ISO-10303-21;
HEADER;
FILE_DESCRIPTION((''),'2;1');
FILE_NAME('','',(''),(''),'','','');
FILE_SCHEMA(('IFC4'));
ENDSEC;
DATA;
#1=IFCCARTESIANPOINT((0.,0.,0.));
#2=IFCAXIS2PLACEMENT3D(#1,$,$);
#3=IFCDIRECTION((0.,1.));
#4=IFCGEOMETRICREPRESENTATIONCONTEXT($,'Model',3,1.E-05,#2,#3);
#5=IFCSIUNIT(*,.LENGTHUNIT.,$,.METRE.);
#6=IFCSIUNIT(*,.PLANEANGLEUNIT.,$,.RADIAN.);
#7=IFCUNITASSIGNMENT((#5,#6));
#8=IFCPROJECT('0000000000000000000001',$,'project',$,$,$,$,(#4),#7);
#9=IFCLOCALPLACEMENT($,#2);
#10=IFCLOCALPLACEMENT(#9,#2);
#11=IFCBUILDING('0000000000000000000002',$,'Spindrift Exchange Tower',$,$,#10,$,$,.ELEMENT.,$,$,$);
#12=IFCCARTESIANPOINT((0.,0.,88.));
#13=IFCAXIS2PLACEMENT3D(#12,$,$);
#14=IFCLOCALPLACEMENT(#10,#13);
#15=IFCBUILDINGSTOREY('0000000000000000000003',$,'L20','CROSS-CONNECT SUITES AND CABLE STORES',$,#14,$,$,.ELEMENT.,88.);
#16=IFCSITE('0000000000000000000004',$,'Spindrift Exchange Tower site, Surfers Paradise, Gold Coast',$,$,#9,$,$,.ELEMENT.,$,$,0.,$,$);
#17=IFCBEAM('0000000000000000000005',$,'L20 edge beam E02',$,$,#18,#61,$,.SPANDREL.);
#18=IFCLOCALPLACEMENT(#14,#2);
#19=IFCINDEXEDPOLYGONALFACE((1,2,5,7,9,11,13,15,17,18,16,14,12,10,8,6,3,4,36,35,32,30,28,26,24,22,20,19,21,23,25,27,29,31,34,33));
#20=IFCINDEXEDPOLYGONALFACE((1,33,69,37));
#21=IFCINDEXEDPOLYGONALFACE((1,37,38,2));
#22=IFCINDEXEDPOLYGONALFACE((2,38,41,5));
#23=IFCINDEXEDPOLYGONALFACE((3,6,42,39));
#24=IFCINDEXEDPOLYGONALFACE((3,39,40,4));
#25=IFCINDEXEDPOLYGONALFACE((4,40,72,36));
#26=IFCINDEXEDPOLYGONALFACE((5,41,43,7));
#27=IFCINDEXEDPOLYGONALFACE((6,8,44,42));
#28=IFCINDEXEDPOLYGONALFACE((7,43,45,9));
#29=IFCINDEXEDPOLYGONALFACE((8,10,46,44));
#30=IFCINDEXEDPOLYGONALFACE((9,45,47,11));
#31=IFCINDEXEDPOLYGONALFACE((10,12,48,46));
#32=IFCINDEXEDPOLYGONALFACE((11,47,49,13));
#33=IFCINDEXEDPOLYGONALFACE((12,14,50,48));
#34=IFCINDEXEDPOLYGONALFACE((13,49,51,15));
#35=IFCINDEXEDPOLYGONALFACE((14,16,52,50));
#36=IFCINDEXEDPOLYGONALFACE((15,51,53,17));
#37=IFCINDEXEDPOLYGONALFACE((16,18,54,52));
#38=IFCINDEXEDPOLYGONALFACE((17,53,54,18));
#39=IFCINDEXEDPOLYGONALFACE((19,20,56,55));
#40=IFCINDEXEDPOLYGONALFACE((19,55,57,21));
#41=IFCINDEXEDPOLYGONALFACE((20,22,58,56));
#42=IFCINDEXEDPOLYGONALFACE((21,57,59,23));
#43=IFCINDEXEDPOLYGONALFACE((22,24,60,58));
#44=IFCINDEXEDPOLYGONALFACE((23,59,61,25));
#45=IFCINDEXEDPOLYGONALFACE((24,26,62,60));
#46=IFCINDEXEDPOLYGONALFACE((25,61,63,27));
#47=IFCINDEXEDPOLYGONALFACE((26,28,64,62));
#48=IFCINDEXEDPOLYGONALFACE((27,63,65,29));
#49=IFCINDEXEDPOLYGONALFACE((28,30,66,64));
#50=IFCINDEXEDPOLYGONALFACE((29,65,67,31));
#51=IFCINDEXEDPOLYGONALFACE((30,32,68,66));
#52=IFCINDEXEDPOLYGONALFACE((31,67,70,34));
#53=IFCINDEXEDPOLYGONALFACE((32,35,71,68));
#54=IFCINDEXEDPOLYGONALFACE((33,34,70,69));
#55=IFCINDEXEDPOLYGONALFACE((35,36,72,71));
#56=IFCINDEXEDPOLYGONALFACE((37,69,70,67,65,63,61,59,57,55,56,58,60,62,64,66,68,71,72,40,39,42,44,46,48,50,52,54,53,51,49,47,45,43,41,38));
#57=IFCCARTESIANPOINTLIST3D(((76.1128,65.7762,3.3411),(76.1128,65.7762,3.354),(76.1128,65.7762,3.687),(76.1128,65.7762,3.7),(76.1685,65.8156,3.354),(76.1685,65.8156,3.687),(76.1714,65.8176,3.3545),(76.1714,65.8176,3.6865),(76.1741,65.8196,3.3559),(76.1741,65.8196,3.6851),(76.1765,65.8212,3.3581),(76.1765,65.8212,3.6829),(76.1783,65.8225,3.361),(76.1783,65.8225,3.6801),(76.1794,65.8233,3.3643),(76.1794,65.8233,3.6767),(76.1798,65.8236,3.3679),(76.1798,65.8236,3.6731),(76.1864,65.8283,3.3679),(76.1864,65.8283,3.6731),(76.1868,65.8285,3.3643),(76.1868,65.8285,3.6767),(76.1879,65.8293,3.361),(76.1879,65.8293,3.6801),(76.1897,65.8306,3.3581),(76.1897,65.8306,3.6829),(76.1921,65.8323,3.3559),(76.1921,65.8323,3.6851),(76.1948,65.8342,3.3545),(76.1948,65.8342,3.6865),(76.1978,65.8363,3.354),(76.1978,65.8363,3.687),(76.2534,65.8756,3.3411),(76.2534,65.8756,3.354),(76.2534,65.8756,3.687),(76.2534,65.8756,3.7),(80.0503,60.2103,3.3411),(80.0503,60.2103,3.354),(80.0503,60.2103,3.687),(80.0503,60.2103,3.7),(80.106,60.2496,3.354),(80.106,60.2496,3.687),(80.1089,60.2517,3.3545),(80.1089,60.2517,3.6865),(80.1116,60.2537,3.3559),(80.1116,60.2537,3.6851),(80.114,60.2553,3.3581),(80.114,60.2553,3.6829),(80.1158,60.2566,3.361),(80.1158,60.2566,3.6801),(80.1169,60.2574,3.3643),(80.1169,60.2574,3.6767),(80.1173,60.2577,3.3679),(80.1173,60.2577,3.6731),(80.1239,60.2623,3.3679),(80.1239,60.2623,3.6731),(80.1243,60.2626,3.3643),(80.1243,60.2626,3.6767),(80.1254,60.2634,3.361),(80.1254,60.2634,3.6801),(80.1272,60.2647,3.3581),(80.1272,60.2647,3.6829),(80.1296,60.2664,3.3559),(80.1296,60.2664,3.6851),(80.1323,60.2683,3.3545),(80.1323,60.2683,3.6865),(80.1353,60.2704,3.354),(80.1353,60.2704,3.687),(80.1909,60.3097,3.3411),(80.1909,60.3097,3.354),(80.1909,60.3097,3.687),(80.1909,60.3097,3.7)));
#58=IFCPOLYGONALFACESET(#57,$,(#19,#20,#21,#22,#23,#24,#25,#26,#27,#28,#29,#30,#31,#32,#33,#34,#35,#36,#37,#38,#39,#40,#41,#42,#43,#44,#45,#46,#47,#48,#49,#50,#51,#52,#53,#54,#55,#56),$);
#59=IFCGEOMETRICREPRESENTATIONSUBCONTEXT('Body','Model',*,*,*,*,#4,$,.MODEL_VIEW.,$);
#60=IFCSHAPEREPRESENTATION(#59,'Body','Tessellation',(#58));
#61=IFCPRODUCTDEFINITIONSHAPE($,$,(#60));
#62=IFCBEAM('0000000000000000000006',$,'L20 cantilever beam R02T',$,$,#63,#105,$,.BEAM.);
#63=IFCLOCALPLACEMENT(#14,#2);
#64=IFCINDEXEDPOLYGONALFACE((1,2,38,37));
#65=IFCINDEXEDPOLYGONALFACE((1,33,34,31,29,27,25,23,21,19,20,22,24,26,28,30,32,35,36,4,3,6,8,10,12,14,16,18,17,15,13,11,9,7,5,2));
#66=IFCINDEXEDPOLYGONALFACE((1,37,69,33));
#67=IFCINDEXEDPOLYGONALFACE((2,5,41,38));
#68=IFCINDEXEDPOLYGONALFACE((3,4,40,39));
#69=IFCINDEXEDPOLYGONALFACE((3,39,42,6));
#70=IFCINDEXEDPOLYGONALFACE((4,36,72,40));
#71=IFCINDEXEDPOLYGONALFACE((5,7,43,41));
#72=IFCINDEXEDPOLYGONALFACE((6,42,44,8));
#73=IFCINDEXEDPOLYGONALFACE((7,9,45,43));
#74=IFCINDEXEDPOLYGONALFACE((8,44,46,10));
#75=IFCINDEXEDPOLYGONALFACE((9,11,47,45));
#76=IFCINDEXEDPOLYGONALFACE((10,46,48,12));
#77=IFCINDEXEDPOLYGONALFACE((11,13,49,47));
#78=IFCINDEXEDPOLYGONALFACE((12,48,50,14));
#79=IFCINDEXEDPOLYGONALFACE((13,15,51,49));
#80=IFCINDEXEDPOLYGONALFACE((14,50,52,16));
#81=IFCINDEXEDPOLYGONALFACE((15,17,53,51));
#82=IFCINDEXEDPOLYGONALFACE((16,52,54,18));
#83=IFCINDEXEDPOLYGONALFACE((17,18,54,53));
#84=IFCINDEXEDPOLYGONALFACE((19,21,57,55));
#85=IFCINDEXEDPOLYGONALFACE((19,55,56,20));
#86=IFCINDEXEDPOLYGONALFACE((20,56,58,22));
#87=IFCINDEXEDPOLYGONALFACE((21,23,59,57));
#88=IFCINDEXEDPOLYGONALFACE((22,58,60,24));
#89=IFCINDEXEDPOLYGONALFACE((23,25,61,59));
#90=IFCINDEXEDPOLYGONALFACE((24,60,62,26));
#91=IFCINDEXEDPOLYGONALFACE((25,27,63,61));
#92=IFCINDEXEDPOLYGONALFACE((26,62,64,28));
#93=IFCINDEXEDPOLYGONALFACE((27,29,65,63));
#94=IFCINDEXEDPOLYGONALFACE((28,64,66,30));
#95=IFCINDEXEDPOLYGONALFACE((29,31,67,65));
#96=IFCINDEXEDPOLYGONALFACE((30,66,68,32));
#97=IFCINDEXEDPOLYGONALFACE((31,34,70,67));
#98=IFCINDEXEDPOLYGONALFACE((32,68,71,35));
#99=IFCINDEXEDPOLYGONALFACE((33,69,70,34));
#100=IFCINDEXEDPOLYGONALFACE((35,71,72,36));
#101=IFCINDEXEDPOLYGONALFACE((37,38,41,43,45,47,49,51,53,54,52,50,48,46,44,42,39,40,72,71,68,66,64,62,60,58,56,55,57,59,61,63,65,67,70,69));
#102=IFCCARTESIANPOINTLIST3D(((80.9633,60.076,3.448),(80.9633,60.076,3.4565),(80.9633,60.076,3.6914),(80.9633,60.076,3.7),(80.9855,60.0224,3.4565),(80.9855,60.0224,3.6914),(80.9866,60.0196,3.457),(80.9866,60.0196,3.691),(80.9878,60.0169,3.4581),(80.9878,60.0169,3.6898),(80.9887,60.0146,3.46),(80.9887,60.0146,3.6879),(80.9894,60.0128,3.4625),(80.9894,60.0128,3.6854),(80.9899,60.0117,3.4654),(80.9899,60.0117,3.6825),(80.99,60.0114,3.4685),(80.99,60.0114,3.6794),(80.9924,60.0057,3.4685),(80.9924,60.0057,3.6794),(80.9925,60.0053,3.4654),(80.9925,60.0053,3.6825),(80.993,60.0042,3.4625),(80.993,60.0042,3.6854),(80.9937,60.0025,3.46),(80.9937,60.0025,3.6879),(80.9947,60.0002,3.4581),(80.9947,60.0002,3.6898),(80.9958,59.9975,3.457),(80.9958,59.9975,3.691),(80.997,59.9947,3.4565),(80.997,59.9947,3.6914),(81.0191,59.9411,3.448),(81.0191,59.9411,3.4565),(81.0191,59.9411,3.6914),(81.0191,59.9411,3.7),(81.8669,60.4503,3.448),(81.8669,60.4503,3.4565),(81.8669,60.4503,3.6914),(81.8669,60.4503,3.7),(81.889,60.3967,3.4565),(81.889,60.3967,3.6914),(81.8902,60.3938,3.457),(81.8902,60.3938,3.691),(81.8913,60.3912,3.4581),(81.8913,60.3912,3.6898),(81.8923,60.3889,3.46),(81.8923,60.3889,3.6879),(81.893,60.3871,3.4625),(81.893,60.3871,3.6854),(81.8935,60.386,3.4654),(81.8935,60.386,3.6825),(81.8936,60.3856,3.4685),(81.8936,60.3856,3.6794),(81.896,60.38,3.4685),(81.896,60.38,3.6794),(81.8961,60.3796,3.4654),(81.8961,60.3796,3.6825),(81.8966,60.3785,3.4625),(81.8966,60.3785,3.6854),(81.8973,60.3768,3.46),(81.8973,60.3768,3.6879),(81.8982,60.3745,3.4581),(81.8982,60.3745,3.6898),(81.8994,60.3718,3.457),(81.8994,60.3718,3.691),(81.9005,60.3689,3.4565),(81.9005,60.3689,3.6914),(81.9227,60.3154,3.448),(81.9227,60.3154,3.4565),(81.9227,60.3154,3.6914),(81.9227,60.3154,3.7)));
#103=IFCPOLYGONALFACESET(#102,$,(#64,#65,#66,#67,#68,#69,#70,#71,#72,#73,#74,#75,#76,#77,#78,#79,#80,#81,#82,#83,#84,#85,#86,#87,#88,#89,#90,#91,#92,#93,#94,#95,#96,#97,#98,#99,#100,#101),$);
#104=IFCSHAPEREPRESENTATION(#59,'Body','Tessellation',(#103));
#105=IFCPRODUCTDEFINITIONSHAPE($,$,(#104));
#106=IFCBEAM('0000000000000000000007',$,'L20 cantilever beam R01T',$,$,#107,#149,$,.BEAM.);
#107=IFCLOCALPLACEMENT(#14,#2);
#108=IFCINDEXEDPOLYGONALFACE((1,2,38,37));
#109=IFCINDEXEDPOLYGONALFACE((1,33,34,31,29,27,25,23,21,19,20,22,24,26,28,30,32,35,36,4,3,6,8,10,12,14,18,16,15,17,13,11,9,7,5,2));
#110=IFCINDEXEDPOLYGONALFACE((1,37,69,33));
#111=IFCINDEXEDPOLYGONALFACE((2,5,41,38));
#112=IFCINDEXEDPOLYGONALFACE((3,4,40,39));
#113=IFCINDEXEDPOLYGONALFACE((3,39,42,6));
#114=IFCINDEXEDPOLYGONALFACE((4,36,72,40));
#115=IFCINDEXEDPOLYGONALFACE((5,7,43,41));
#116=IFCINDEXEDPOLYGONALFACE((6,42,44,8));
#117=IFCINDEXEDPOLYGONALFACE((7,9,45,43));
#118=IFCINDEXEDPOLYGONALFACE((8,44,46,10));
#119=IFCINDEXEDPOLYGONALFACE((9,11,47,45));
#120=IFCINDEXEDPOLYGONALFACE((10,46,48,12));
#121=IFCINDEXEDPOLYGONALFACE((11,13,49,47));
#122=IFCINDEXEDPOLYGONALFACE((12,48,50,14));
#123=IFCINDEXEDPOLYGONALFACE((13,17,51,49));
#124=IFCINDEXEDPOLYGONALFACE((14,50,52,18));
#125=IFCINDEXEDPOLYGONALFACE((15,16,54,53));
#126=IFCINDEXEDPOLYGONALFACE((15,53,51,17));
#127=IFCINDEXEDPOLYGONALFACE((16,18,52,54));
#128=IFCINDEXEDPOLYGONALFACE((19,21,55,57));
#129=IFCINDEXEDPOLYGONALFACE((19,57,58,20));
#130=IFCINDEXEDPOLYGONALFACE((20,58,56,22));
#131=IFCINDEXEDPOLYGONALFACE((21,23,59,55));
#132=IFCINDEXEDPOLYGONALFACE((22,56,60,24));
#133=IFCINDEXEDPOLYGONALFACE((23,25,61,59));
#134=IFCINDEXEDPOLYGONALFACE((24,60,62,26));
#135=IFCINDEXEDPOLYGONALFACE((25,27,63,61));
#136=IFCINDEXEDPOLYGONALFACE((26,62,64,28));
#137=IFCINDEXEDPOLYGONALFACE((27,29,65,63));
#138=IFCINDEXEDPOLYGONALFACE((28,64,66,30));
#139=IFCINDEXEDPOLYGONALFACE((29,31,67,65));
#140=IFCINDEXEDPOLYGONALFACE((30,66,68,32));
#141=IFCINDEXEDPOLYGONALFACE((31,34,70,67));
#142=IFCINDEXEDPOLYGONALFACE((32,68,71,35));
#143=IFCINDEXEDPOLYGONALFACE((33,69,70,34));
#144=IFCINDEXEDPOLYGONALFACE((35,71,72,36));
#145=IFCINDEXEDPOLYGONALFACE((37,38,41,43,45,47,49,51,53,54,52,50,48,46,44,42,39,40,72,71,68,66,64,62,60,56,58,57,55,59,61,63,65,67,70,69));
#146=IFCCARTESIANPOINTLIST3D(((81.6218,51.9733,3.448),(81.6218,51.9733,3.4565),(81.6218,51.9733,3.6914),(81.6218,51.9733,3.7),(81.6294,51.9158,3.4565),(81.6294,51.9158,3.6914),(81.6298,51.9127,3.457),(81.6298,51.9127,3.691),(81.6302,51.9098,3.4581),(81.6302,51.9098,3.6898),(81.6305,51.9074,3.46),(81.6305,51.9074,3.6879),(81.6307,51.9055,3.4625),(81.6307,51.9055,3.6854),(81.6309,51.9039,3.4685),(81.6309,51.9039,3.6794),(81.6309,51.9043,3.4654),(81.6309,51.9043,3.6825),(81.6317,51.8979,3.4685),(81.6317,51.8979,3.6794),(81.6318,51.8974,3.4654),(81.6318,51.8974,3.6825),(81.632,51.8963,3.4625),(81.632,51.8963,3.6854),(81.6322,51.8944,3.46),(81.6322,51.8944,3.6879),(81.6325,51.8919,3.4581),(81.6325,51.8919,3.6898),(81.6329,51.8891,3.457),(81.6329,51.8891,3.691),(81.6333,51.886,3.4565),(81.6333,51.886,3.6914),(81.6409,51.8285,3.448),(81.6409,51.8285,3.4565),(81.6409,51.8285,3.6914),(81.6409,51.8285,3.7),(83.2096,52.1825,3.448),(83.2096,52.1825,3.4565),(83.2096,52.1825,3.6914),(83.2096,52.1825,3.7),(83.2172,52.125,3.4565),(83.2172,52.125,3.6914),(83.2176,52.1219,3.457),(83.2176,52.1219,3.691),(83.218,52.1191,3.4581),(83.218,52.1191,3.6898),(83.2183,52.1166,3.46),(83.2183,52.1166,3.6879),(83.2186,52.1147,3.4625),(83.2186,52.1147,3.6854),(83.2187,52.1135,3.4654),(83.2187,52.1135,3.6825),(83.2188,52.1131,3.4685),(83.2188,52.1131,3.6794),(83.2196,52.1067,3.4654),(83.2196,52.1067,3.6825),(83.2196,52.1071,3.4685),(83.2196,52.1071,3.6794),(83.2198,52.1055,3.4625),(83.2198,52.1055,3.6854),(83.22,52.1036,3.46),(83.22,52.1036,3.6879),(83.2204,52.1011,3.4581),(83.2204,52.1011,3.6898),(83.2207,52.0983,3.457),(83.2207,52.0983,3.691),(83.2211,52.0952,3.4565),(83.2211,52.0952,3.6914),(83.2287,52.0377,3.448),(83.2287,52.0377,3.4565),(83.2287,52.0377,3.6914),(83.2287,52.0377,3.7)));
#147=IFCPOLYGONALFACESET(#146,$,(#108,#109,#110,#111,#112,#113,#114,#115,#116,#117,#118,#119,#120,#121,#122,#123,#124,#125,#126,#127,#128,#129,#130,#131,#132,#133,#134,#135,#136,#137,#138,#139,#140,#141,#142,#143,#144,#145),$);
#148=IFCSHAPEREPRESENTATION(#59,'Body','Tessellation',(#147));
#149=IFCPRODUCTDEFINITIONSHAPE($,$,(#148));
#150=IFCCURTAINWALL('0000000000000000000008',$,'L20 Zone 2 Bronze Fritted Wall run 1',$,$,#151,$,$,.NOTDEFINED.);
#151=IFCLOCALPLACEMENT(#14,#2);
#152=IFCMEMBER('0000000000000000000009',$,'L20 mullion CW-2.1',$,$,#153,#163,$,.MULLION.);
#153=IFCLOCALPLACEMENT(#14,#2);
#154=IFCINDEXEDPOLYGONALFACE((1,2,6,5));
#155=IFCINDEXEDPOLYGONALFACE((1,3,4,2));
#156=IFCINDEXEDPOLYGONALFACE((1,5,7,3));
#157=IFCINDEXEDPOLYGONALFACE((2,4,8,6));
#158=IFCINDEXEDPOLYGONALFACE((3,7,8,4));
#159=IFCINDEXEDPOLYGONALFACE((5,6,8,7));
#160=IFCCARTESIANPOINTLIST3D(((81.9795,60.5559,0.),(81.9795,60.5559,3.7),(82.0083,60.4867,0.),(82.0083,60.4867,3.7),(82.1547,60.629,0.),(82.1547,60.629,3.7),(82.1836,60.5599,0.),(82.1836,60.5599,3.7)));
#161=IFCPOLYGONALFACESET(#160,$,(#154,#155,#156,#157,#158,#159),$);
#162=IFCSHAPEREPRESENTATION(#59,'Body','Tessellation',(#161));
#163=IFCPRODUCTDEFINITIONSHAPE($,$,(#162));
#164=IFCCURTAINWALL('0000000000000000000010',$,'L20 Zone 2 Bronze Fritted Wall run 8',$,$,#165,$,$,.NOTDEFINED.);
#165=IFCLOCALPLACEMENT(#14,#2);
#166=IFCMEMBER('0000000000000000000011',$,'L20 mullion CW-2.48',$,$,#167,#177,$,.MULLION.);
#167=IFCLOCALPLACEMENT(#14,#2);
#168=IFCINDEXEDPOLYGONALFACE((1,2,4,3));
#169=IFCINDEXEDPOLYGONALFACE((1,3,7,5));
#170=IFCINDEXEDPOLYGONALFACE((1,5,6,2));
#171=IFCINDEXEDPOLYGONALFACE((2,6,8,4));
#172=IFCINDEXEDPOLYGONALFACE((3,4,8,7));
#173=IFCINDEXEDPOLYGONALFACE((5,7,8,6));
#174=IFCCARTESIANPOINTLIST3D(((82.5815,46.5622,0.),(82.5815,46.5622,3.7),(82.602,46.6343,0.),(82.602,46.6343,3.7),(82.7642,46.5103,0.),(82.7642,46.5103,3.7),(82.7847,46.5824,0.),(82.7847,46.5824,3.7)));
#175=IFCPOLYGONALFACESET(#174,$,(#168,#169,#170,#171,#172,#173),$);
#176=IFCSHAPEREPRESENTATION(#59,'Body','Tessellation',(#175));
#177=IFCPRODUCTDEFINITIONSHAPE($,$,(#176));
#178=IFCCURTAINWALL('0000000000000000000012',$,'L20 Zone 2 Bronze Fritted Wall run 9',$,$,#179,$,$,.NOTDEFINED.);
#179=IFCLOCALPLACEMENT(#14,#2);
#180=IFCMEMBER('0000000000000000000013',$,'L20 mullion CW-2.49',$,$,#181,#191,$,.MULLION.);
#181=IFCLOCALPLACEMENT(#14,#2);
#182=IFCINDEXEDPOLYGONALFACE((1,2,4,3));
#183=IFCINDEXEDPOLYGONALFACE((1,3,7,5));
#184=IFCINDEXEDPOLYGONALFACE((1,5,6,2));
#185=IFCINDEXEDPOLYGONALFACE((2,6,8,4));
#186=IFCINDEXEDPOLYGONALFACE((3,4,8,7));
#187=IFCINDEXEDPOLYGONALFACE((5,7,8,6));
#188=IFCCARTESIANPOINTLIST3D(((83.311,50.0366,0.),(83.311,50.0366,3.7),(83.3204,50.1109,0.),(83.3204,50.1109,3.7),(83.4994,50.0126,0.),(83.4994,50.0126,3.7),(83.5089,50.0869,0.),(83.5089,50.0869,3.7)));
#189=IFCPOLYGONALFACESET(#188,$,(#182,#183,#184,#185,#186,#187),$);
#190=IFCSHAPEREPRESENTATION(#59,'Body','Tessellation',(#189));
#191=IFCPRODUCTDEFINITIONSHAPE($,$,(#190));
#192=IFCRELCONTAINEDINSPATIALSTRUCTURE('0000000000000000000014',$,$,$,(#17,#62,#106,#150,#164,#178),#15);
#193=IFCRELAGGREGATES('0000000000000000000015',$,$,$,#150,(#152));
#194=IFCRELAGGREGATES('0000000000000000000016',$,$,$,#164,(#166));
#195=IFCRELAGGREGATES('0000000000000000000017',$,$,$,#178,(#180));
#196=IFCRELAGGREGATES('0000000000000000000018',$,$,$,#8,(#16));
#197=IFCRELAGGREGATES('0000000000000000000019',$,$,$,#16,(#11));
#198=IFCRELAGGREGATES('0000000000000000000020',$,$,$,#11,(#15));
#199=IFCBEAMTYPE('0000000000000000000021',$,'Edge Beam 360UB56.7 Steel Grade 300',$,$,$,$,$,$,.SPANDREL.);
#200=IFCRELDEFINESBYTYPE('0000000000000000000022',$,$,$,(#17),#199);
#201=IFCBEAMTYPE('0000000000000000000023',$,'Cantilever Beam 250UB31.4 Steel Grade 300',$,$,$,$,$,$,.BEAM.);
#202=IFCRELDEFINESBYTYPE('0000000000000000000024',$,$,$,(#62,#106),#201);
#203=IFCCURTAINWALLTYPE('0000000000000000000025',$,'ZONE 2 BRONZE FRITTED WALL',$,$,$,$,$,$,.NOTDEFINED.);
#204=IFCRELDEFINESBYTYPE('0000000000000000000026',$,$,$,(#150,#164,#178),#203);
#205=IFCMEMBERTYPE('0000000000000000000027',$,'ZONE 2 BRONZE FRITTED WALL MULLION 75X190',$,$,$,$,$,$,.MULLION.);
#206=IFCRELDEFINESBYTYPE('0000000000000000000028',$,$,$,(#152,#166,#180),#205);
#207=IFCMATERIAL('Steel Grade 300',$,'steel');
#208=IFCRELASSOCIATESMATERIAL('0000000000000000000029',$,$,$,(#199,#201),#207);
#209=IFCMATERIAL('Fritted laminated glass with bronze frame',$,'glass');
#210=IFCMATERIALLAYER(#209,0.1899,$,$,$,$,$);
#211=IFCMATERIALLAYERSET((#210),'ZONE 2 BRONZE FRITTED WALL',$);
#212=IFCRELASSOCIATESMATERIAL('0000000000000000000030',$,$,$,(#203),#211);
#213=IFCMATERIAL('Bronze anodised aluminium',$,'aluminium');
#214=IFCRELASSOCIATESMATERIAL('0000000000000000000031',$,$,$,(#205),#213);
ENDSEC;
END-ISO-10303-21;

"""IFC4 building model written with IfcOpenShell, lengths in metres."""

from ifc_helpers import new_model, si_unit, direction, frame, origin, origin_2d, place, context, subcontext, project, spatial, rectangle, i_section, extrude, source, transform, mapped, material, layer, layer_set, material_profile, profile_set, type_object, element, aggregate, save


model = new_model("IFC4")

# Units and contexts
model_context = context("Model", 3, precision=1e-05, world=origin(), true_north=direction((0.0, 1.0)))
body_context = subcontext(model_context, "Body", "Model", "MODEL_VIEW")
ifc_project = project(units=[si_unit("LENGTHUNIT", "METRE"), si_unit("PLANEANGLEUNIT", "RADIAN")], contexts=[model_context])

# Site, building, storey
site_placement = place(None, origin())
site = spatial("IfcSite", under=ifc_project, at=site_placement, Name="Spindrift Exchange Tower site, Surfers Paradise, Gold Coast", CompositionType="ELEMENT", RefElevation=0.0)
building_placement = place(site_placement, origin())
building = spatial("IfcBuilding", under=site, at=building_placement, Name="Spindrift Exchange Tower", CompositionType="ELEMENT")
storey_placement = place(building_placement, frame((0.0, 0.0, 88.0)))
storey = spatial("IfcBuildingStorey", under=building, at=storey_placement, Name="L20", Description="CROSS-CONNECT SUITES AND CABLE STORES", CompositionType="ELEMENT", Elevation=88.0)

# Beams
ifc_material_1 = material(Name="Steel Grade 300", Category="steel")
ifc_material_profile_1 = material_profile(ifc_material_1, i_section(OverallWidth=0.1721, OverallDepth=0.3589, WebThickness=0.0081, FlangeThickness=0.0129, FilletRadius=0.0139, at=origin_2d()), Name="360UB56.7")
ifc_profile_set_1 = profile_set([ifc_material_profile_1], Name="Steel Grade 300")
beam_type_1 = type_object("IfcBeamType", Name="Edge Beam 360UB56.7 Steel Grade 300", PredefinedType="SPANDREL", material=ifc_profile_set_1)
shared_shape_1 = source(origin(), body_context, "Body", "SweptSolid", [
    extrude(i_section(OverallWidth=0.1721, OverallDepth=0.3589, WebThickness=0.0081, FlangeThickness=0.0129, FilletRadius=0.0139, at=origin_2d()), origin(), (0.0, 0.0, 1.0), 6.8179),
])
beam_1_placement = place(storey_placement, frame((80.1206, 60.26, 3.5205), z_axis=(-0.577526, 0.816372, 0.0), x_axis=(-0.816372, -0.577526, 0.0)))
element("IfcBeam", 1, at=beam_1_placement, inside=storey, type_object=beam_type_1, Name="L20 edge beam E02", PredefinedType="SPANDREL", context=body_context, shape_type="MappedRepresentation", body=[
    mapped(shared_shape_1, transform((0.0, 0.0, 0.0), scale=1.0)),
])
ifc_material_profile_2 = material_profile(ifc_material_1, i_section(OverallWidth=0.146, OverallDepth=0.252, WebThickness=0.0061, FlangeThickness=0.0085, FilletRadius=0.012, at=origin_2d()), Name="250UB31.4")
ifc_profile_set_2 = profile_set([ifc_material_profile_2], Name="Steel Grade 300")
beam_type_2 = type_object("IfcBeamType", Name="Cantilever Beam 250UB31.4 Steel Grade 300", PredefinedType="BEAM", material=ifc_profile_set_2)
shared_shape_2 = source(origin(), body_context, "Body", "SweptSolid", [
    extrude(i_section(OverallWidth=0.146, OverallDepth=0.252, WebThickness=0.0061, FlangeThickness=0.0085, FilletRadius=0.012, at=origin_2d()), origin(), (0.0, 0.0, 1.0), 0.978),
])
beam_2_placement = place(storey_placement, frame((80.9912, 60.0085, 3.574), z_axis=(0.92388, 0.382682, 0.0), x_axis=(-0.382682, 0.92388, 0.0)))
element("IfcBeam", 2, at=beam_2_placement, inside=storey, type_object=beam_type_2, Name="L20 cantilever beam R02T", PredefinedType="BEAM", context=body_context, shape_type="MappedRepresentation", body=[
    mapped(shared_shape_2, transform((0.0, 0.0, 0.0), scale=1.0)),
])
shared_shape_3 = source(origin(), body_context, "Body", "SweptSolid", [
    extrude(i_section(OverallWidth=0.146, OverallDepth=0.252, WebThickness=0.0061, FlangeThickness=0.0085, FilletRadius=0.012, at=origin_2d()), origin(), (0.0, 0.0, 1.0), 1.6016),
])
beam_3_placement = place(storey_placement, frame((81.6313, 51.9009, 3.574), z_axis=(0.99143, 0.130636, 0.0), x_axis=(-0.130636, 0.99143, 0.0)))
element("IfcBeam", 3, at=beam_3_placement, inside=storey, type_object=beam_type_2, Name="L20 cantilever beam R01T", PredefinedType="BEAM", context=body_context, shape_type="MappedRepresentation", body=[
    mapped(shared_shape_3, transform((0.0, 0.0, 0.0), scale=1.0)),
])

# Curtain walls, members
ifc_material_2 = material(Name="Fritted laminated glass with bronze frame", Category="glass")
ifc_layer_1 = layer(ifc_material_2, 0.1899)
ifc_layer_set_1 = layer_set([ifc_layer_1], Name="ZONE 2 BRONZE FRITTED WALL")
curtain_wall_type = type_object("IfcCurtainWallType", Name="ZONE 2 BRONZE FRITTED WALL", PredefinedType="NOTDEFINED", material=ifc_layer_set_1)
curtain_wall_1_placement = place(storey_placement, origin())
curtain_wall_1 = element("IfcCurtainWall", 4, at=curtain_wall_1_placement, inside=storey, type_object=curtain_wall_type, Name="L20 Zone 2 Bronze Fritted Wall run 1", PredefinedType="NOTDEFINED")
ifc_material_3 = material(Name="Bronze anodised aluminium", Category="aluminium")
ifc_material_profile_3 = material_profile(ifc_material_3, rectangle(XDim=0.075, YDim=0.1899, at=origin_2d()), Name="ZONE 2 BRONZE FRITTED WALL MULLION 75X190")
ifc_profile_set_3 = profile_set([ifc_material_profile_3], Name="Bronze anodised aluminium")
member_type_1 = type_object("IfcMemberType", Name="ZONE 2 BRONZE FRITTED WALL MULLION 75X190", PredefinedType="MULLION", material=ifc_profile_set_3)
shared_shape_4 = source(origin(), body_context, "Body", "SweptSolid", [
    extrude(rectangle(XDim=0.075, YDim=0.1899, at=origin_2d()), origin(), (0.0, 0.0, 1.0), 3.7),
])
member_1_placement = place(storey_placement, frame((82.0815, 60.5579, 0.0), z_axis=(0.0, 0.0, 1.0), x_axis=(-0.385232, 0.92282, 0.0)))
member_1 = element("IfcMember", 5, at=member_1_placement, type_object=member_type_1, Name="L20 mullion CW-2.1", PredefinedType="MULLION", context=body_context, shape_type="MappedRepresentation", body=[
    mapped(shared_shape_4, transform((0.0, 0.0, 0.0), scale=1.0)),
])
curtain_wall_2_placement = place(storey_placement, origin())
curtain_wall_2 = element("IfcCurtainWall", 6, at=curtain_wall_2_placement, inside=storey, type_object=curtain_wall_type, Name="L20 Zone 2 Bronze Fritted Wall run 8", PredefinedType="NOTDEFINED")
member_2_placement = place(storey_placement, frame((82.6831, 46.5723, 0.0), z_axis=(0.0, 0.0, 1.0), x_axis=(0.273166, 0.961967, 0.0)))
member_2 = element("IfcMember", 7, at=member_2_placement, type_object=member_type_1, Name="L20 mullion CW-2.48", PredefinedType="MULLION", context=body_context, shape_type="MappedRepresentation", body=[
    mapped(shared_shape_4, transform((0.0, 0.0, 0.0), scale=1.0)),
])

# Curtain wall, member
curtain_wall_3_placement = place(storey_placement, origin())
curtain_wall_3 = element("IfcCurtainWall", 8, at=curtain_wall_3_placement, inside=storey, type_object=curtain_wall_type, Name="L20 Zone 2 Bronze Fritted Wall run 9", PredefinedType="NOTDEFINED")
member_3_placement = place(storey_placement, frame((83.4099, 50.0618, 0.0), z_axis=(0.0, 0.0, 1.0), x_axis=(0.126405, 0.991979, 0.0)))
member_3 = element("IfcMember", 9, at=member_3_placement, type_object=member_type_1, Name="L20 mullion CW-2.49", PredefinedType="MULLION", context=body_context, shape_type="MappedRepresentation", body=[
    mapped(shared_shape_4, transform((0.0, 0.0, 0.0), scale=1.0)),
])

aggregate(curtain_wall_1, [member_1])

aggregate(curtain_wall_2, [member_2])
aggregate(curtain_wall_3, [member_3])

save(model, "model.ifc")
